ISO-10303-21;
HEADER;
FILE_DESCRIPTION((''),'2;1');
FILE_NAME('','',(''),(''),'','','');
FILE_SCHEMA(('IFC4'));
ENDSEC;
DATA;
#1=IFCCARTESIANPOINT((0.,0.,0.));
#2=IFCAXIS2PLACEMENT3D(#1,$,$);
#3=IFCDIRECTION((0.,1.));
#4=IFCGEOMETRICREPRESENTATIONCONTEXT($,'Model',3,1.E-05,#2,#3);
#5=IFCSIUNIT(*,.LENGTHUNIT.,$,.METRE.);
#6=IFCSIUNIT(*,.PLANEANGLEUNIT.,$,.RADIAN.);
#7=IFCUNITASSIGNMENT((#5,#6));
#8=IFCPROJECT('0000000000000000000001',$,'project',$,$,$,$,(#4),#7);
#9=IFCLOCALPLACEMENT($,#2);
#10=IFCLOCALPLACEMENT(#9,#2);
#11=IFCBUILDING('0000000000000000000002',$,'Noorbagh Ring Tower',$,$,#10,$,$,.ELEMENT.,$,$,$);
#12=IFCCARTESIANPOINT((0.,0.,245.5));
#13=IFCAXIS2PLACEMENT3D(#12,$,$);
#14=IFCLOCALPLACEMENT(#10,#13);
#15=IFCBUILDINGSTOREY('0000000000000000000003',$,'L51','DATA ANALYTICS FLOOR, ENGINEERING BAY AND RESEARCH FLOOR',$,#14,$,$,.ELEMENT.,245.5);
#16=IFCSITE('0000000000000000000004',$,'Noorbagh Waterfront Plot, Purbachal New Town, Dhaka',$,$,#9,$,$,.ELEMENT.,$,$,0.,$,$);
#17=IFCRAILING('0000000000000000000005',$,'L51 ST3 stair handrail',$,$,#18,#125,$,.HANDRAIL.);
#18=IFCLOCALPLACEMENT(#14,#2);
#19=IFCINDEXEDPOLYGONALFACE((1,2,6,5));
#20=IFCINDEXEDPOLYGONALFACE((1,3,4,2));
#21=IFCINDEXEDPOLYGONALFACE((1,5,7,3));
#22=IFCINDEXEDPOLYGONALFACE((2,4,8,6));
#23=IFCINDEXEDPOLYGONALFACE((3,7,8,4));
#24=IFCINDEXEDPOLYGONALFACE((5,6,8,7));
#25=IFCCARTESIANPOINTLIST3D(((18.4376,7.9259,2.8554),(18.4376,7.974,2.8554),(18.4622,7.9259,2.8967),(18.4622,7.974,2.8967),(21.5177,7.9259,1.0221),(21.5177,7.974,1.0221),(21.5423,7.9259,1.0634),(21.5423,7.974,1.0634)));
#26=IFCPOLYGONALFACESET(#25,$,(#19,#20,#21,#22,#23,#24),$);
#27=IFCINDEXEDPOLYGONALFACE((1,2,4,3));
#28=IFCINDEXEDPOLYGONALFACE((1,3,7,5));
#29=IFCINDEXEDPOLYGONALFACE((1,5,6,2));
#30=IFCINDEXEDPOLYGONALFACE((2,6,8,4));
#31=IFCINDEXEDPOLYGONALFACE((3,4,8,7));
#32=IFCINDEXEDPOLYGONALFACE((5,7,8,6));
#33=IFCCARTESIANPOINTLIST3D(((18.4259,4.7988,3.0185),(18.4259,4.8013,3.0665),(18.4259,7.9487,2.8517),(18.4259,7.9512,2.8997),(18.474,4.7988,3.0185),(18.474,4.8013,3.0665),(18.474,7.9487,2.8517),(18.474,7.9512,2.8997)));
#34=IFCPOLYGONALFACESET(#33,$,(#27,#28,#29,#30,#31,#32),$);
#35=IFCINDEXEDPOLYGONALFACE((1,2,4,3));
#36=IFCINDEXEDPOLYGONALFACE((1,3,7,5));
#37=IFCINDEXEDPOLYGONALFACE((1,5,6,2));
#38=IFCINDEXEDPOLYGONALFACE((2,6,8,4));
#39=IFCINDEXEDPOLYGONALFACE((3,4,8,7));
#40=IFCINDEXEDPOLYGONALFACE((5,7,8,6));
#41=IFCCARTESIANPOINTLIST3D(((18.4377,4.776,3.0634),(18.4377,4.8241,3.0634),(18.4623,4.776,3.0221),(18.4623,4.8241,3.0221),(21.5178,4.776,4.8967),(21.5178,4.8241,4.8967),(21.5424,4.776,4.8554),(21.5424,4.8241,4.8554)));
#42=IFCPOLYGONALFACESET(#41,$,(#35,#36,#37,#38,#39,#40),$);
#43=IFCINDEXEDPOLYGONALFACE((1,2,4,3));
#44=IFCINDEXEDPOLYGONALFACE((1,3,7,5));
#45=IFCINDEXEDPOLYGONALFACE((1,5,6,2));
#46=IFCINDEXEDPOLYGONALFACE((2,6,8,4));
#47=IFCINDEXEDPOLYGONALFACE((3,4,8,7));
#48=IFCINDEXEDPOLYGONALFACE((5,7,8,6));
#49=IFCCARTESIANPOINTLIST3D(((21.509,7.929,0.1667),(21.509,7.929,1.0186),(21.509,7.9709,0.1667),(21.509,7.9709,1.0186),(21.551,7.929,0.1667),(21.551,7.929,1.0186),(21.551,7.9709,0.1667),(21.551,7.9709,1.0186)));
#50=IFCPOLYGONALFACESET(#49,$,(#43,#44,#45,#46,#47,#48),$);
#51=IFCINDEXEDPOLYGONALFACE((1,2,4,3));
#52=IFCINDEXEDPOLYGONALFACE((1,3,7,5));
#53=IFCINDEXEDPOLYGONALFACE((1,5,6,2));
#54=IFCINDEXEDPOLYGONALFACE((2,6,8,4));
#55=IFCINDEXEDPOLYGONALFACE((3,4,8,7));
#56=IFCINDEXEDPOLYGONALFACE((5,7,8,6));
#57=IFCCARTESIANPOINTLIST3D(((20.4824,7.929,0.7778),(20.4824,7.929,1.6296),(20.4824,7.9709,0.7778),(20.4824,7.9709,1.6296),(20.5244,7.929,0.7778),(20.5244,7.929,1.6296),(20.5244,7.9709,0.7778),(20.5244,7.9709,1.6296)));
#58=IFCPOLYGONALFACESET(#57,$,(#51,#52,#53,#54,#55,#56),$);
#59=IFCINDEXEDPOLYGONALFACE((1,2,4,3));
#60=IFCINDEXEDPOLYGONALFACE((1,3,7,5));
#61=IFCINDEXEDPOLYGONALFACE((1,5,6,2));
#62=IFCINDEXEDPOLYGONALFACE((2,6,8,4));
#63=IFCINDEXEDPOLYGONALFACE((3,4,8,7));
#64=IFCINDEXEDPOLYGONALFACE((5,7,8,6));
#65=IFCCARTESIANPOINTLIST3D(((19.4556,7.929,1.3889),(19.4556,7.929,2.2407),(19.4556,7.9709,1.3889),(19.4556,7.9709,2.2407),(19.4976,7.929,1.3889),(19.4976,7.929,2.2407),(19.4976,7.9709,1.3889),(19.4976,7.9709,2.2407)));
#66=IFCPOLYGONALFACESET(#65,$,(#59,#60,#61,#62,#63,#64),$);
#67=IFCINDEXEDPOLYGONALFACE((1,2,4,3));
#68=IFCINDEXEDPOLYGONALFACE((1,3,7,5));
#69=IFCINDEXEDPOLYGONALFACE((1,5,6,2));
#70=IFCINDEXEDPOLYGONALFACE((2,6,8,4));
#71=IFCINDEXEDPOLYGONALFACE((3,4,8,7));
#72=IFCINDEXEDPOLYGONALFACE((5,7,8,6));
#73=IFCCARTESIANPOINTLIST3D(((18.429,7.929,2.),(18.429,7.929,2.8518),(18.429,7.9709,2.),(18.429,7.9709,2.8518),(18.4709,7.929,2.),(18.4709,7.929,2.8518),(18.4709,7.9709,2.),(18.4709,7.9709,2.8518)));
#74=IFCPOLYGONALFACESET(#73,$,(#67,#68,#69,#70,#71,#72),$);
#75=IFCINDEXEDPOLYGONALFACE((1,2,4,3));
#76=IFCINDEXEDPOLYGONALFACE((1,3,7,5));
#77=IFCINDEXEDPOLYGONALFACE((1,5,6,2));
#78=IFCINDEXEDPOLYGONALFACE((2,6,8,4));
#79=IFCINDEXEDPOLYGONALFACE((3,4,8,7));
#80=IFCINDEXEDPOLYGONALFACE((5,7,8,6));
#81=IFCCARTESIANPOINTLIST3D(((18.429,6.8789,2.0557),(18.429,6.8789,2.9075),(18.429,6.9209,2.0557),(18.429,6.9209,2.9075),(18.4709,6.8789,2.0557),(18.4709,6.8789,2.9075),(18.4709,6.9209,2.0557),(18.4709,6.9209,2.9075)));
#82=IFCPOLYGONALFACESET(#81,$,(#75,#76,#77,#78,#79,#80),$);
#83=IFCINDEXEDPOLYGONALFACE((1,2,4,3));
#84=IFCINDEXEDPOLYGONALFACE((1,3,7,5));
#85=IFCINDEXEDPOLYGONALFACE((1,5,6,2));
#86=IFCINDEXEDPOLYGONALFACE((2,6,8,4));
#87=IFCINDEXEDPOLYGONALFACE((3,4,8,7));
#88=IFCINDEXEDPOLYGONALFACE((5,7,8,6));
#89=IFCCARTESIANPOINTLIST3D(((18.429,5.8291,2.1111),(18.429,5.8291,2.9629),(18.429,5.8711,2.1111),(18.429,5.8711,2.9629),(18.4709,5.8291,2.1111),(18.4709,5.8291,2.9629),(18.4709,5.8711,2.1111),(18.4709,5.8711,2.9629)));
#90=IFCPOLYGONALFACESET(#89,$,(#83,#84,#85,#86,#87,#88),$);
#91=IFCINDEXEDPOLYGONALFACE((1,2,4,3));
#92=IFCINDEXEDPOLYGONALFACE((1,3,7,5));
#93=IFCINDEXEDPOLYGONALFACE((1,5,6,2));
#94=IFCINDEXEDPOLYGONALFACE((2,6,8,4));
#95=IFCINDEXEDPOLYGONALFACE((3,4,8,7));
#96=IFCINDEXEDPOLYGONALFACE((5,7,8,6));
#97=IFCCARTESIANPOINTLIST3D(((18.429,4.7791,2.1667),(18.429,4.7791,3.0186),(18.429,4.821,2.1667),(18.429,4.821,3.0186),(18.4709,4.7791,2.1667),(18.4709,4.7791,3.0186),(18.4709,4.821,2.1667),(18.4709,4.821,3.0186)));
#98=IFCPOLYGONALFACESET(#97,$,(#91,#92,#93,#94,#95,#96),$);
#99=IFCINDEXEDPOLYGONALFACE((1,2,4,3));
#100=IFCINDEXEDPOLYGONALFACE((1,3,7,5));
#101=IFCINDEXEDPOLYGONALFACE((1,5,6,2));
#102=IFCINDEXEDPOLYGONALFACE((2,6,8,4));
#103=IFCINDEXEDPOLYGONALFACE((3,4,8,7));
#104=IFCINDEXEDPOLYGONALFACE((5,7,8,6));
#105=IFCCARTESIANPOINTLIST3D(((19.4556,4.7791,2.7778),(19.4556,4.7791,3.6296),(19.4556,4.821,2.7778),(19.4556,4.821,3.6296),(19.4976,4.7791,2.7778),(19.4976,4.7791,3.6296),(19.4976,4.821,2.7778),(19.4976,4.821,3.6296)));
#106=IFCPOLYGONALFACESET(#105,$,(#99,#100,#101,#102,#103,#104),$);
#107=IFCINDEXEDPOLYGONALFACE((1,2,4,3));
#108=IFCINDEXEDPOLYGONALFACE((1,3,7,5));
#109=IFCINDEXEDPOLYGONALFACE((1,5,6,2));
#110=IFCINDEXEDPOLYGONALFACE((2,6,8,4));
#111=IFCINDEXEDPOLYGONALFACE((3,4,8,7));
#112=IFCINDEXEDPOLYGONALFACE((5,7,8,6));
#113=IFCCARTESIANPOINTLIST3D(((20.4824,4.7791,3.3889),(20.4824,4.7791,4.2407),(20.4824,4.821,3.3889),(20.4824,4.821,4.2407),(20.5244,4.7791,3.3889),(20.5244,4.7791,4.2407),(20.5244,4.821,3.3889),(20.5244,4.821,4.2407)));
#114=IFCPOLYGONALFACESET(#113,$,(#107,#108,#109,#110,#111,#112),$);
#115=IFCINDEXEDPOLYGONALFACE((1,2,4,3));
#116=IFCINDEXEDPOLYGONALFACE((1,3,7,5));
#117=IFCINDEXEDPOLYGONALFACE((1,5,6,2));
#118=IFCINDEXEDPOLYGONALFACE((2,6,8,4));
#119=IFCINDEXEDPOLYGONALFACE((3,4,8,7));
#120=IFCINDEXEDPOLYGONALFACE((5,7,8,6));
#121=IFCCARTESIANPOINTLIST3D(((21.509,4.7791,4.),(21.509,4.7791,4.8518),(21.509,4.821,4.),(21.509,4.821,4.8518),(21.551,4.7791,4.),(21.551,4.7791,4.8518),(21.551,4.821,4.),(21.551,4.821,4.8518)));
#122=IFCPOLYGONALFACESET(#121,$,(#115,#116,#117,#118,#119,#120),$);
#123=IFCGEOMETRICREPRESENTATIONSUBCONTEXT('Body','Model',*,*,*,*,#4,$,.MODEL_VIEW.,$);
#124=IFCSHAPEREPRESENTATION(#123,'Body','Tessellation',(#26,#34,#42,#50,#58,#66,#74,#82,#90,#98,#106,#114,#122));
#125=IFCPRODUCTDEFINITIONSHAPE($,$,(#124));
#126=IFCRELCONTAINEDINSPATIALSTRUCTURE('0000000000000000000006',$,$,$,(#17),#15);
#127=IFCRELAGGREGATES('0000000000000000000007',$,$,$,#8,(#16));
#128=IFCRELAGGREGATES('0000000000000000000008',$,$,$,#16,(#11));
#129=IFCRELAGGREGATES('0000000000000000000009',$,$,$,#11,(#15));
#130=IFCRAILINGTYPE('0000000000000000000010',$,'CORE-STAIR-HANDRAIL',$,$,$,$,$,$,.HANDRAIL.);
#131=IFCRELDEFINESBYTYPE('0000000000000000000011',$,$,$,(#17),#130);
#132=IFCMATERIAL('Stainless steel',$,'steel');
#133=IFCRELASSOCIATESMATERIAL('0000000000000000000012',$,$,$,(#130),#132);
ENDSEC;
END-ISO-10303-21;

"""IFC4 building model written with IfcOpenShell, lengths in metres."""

from ifc_helpers import new_model, si_unit, direction, frame, origin, origin_2d, place, context, subcontext, project, spatial, rectangle, extrude, material, type_object, element, save


model = new_model("IFC4")

# Units and contexts
model_context = context("Model", 3, precision=1e-05, world=origin(), true_north=direction((0.0, 1.0)))
body_context = subcontext(model_context, "Body", "Model", "MODEL_VIEW")
ifc_project = project(units=[si_unit("LENGTHUNIT", "METRE"), si_unit("PLANEANGLEUNIT", "RADIAN")], contexts=[model_context])

# Site, building, storey
site_placement = place(None, origin())
site = spatial("IfcSite", under=ifc_project, at=site_placement, Name="Noorbagh Waterfront Plot, Purbachal New Town, Dhaka", CompositionType="ELEMENT", RefElevation=0.0)
building_placement = place(site_placement, origin())
building = spatial("IfcBuilding", under=site, at=building_placement, Name="Noorbagh Ring Tower", CompositionType="ELEMENT")
storey_placement = place(building_placement, frame((0.0, 0.0, 245.5)))
storey = spatial("IfcBuildingStorey", under=building, at=storey_placement, Name="L51", Description="DATA ANALYTICS FLOOR, ENGINEERING BAY AND RESEARCH FLOOR", CompositionType="ELEMENT", Elevation=245.5)

# Railing
ifc_material_1 = material(Name="Stainless steel", Category="steel")
railing_type_1 = type_object("IfcRailingType", Name="CORE-STAIR-HANDRAIL", PredefinedType="HANDRAIL", material=ifc_material_1)
railing_1_placement = place(storey_placement, frame((21.53, 7.95, 0.1667)))
element("IfcRailing", 1, at=railing_1_placement, inside=storey, type_object=railing_type_1, Name="L51 ST3 stair handrail", PredefinedType="HANDRAIL", context=body_context, shape_type="SweptSolid", body=[
    extrude(rectangle(XDim=0.0481, YDim=0.0481, at=origin_2d()), frame((0.0, 0.0, 0.876), z_axis=(-0.859309, 0.0, 0.511458), x_axis=(0.0, -1.0, 0.0)), (0.0, 0.0, 1.0), 3.5845),
    extrude(rectangle(XDim=0.0481, YDim=0.0481, at=origin_2d()), frame((-3.0801, 0.0, 2.709), z_axis=(0.0, -0.998602, 0.052864), x_axis=(1.0, 0.0, 0.0)), (0.0, 0.0, 1.0), 3.1543),
    extrude(rectangle(XDim=0.0481, YDim=0.0481, at=origin_2d()), frame((-3.0801, -3.1499, 2.876), z_axis=(0.859309, 0.0, 0.511458), x_axis=(0.0, 1.0, 0.0)), (0.0, 0.0, 1.0), 3.5845),
    extrude(rectangle(XDim=0.042, YDim=0.042, at=origin_2d()), origin(), (0.0, 0.0, 1.0), 0.8518),
    extrude(rectangle(XDim=0.042, YDim=0.042, at=origin_2d()), frame((-1.0266, 0.0, 0.6111)), (0.0, 0.0, 1.0), 0.8518),
    extrude(rectangle(XDim=0.042, YDim=0.042, at=origin_2d()), frame((-2.0535, 0.0, 1.2222)), (0.0, 0.0, 1.0), 0.8518),
    extrude(rectangle(XDim=0.042, YDim=0.042, at=origin_2d()), frame((-3.0801, 0.0, 1.8333)), (0.0, 0.0, 1.0), 0.8518),
    extrude(rectangle(XDim=0.042, YDim=0.042, at=origin_2d()), frame((-3.0801, -1.05, 1.8889)), (0.0, 0.0, 1.0), 0.8518),
    extrude(rectangle(XDim=0.042, YDim=0.042, at=origin_2d()), frame((-3.0801, -2.0999, 1.9443)), (0.0, 0.0, 1.0), 0.8518),
    extrude(rectangle(XDim=0.042, YDim=0.042, at=origin_2d()), frame((-3.0801, -3.1499, 2.0)), (0.0, 0.0, 1.0), 0.8518),
    extrude(rectangle(XDim=0.042, YDim=0.042, at=origin_2d()), frame((-2.0535, -3.1499, 2.6111)), (0.0, 0.0, 1.0), 0.8518),
    extrude(rectangle(XDim=0.042, YDim=0.042, at=origin_2d()), frame((-1.0266, -3.1499, 3.2222)), (0.0, 0.0, 1.0), 0.8518),
    extrude(rectangle(XDim=0.042, YDim=0.042, at=origin_2d()), frame((0.0, -3.1499, 3.8333)), (0.0, 0.0, 1.0), 0.8518),
])

save(model, "model.ifc")
